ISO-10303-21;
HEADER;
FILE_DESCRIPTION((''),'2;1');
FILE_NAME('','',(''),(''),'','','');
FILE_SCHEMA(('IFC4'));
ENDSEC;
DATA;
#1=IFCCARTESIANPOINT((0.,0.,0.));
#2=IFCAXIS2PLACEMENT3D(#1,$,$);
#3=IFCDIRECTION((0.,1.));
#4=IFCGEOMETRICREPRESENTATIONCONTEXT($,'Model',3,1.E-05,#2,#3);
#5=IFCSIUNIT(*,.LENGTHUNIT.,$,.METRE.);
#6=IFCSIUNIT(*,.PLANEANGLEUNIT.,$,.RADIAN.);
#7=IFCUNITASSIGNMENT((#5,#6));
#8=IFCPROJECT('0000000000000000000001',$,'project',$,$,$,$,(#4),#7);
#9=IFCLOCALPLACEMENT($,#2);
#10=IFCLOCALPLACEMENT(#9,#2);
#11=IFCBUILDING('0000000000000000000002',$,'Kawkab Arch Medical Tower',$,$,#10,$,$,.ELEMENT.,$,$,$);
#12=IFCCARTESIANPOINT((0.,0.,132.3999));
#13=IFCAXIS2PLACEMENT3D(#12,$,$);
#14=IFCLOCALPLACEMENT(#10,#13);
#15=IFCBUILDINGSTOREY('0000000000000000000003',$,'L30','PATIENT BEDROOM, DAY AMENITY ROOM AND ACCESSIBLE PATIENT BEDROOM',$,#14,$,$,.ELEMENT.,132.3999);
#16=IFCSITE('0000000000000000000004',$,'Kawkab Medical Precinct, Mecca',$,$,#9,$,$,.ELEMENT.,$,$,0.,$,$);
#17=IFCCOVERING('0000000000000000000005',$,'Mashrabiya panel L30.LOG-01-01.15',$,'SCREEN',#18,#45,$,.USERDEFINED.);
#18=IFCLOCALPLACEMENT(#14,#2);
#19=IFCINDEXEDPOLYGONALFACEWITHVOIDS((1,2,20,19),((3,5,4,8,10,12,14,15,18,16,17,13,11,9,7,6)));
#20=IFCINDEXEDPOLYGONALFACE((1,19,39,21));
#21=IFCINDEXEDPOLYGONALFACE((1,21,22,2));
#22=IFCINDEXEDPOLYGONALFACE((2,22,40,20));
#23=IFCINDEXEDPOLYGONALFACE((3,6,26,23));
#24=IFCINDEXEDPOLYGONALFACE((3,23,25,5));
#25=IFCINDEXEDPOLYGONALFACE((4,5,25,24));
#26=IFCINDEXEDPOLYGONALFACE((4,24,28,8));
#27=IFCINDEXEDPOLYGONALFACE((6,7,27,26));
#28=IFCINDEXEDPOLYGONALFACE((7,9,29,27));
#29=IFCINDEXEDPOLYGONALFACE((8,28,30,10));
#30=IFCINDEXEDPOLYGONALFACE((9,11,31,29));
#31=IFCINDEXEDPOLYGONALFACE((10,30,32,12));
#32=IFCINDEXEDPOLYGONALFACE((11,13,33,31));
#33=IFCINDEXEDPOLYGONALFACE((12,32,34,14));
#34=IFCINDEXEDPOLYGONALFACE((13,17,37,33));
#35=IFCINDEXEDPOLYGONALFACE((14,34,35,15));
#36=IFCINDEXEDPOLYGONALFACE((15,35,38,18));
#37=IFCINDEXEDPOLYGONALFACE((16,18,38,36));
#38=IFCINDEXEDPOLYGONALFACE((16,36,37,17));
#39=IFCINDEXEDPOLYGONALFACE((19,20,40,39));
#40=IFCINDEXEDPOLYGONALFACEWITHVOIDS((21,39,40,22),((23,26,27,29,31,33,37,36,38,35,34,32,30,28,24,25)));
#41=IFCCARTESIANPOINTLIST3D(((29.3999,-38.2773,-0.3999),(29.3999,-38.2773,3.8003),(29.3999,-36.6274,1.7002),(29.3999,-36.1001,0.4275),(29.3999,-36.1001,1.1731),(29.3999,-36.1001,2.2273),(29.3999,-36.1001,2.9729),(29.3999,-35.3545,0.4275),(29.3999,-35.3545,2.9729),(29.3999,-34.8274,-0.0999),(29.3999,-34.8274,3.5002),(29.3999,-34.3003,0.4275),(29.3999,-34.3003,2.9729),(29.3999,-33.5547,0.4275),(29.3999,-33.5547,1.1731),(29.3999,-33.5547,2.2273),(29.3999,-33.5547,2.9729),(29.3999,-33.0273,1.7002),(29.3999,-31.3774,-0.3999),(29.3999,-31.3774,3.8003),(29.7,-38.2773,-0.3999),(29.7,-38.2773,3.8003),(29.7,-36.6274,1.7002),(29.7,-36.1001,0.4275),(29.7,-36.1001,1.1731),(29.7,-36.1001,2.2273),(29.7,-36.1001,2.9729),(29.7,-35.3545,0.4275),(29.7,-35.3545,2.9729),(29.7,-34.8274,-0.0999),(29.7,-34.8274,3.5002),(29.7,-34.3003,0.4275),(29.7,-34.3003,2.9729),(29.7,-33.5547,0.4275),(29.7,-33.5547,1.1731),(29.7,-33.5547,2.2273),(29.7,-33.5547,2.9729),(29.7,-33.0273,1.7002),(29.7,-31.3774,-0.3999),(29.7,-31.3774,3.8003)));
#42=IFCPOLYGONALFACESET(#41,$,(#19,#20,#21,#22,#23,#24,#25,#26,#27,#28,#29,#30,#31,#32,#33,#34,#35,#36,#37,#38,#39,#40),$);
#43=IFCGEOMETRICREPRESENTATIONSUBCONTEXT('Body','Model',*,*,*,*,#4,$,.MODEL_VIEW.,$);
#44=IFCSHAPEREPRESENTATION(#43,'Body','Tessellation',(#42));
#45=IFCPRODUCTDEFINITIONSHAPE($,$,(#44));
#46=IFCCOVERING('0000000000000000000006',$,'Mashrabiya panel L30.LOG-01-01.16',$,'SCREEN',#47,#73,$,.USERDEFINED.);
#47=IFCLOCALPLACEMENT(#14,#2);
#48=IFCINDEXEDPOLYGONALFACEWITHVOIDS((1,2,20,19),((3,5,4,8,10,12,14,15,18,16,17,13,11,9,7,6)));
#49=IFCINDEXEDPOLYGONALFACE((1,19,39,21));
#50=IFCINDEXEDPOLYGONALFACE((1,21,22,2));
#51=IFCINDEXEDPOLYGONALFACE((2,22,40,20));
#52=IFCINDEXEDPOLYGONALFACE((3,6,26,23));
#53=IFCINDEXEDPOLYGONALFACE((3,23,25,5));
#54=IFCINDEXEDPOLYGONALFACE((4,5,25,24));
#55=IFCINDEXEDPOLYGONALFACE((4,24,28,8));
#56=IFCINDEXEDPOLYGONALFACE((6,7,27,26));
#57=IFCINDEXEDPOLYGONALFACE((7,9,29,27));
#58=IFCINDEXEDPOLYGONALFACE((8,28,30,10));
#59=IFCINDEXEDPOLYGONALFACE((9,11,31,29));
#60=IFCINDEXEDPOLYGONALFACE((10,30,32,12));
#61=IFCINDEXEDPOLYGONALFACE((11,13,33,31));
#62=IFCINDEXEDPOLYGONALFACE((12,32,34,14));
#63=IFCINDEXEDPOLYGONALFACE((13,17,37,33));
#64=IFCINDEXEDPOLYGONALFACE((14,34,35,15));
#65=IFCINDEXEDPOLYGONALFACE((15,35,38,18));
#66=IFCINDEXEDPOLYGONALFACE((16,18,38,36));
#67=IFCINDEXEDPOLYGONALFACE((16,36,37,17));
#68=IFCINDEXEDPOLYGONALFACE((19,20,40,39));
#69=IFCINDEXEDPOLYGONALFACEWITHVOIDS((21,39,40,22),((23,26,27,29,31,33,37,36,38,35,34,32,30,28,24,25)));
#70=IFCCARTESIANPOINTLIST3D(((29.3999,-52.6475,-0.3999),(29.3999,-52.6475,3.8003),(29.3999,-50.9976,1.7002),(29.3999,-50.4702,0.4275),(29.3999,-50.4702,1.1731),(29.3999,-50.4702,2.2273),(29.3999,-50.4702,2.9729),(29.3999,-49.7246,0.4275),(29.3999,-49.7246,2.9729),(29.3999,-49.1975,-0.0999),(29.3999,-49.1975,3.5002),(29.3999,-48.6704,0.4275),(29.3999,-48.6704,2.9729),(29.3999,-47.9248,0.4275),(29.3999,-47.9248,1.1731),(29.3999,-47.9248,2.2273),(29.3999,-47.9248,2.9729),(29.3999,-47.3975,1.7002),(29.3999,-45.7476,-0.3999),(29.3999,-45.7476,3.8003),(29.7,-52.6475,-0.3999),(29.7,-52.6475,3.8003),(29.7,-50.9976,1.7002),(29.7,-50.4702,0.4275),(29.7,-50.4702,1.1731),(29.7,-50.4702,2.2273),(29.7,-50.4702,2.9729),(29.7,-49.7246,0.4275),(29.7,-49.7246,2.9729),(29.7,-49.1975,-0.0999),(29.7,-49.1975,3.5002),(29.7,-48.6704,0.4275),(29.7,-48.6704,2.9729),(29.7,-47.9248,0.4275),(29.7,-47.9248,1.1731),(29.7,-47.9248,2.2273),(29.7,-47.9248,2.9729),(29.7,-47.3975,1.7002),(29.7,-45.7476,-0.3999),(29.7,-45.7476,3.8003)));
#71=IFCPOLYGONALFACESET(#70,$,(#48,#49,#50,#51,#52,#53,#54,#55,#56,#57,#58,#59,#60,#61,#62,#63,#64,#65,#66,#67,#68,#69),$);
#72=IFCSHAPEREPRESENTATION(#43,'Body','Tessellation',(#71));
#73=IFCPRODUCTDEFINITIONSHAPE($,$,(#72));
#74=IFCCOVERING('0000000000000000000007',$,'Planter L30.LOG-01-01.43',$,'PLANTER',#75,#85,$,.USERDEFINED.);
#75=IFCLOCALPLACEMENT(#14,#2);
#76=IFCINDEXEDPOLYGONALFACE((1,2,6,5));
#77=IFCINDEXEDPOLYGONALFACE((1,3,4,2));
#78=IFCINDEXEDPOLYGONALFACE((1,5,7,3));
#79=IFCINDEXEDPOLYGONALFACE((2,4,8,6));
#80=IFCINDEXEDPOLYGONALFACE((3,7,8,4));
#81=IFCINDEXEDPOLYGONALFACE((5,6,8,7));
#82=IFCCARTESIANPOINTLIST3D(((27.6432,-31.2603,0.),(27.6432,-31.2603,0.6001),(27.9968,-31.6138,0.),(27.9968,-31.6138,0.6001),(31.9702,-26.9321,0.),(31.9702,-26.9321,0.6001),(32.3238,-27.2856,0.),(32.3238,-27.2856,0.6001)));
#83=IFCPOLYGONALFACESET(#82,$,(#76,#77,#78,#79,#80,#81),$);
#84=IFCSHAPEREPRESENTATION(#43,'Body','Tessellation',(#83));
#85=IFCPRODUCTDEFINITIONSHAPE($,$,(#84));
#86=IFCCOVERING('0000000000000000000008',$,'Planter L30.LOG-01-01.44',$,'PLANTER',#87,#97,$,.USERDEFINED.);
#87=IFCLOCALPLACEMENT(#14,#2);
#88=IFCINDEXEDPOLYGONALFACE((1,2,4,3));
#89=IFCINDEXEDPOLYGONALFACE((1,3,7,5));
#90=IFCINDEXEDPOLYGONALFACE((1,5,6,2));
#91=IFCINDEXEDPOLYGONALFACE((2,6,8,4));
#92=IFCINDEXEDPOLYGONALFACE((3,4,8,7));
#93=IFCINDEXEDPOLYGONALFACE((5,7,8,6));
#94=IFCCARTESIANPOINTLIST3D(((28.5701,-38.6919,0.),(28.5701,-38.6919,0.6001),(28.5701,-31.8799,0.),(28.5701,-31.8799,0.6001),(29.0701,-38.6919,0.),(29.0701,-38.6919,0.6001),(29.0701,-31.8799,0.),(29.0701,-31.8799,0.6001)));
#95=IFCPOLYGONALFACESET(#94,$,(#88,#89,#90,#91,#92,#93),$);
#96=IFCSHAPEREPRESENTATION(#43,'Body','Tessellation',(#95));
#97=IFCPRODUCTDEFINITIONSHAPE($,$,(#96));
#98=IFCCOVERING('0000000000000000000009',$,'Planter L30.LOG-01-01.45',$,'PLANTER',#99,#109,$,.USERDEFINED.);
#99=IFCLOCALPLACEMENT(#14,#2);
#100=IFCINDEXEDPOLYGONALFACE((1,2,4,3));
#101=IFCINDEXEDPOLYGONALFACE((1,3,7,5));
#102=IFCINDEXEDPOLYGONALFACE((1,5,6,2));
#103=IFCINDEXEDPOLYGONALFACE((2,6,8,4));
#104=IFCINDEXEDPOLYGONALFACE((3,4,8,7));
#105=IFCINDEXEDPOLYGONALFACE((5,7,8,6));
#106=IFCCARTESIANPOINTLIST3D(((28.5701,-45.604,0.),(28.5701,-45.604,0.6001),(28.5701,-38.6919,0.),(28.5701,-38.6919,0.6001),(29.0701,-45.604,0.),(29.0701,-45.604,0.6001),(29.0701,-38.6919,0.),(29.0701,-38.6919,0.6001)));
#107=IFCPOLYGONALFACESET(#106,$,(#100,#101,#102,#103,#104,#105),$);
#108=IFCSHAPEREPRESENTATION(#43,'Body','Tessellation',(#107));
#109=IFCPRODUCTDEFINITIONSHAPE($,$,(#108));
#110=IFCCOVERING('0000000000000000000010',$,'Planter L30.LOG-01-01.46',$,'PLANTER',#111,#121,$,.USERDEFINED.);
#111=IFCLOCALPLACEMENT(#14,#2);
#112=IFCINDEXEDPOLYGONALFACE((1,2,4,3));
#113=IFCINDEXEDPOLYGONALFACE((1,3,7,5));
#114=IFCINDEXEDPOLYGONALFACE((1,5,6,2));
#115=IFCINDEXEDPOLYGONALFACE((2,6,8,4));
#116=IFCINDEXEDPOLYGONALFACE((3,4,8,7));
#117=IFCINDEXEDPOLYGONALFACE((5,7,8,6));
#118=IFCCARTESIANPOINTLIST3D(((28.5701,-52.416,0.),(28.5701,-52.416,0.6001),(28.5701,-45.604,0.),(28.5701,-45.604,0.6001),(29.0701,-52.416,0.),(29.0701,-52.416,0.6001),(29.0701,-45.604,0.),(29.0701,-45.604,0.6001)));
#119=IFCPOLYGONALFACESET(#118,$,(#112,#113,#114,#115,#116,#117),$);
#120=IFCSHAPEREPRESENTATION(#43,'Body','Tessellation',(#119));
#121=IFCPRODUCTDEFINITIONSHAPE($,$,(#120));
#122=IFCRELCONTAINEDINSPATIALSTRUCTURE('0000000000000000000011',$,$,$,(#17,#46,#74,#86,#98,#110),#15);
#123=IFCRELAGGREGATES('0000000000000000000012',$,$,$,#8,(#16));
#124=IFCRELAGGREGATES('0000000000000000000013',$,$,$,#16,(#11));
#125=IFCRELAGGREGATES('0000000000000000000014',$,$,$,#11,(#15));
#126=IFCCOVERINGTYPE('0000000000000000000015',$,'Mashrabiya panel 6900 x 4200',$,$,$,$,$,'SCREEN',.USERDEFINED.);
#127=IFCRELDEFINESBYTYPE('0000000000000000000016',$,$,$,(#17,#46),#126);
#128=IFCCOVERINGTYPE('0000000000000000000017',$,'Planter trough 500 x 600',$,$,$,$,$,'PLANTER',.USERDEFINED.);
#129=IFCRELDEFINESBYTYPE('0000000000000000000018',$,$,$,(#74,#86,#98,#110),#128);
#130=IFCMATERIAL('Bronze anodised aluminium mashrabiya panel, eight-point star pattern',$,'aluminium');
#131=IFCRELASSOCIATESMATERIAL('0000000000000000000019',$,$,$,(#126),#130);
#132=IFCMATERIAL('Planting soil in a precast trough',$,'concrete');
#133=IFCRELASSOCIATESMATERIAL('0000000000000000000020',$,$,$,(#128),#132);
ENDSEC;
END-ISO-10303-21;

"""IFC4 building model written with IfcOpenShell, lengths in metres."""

from ifc_helpers import new_model, si_unit, direction, frame, origin, origin_2d, place, context, subcontext, project, spatial, polyline, rectangle, outline, extrude, material, material_profile, profile_set, type_object, element, save


model = new_model("IFC4")

# Units and contexts
model_context = context("Model", 3, precision=1e-05, world=origin(), true_north=direction((0.0, 1.0)))
body_context = subcontext(model_context, "Body", "Model", "MODEL_VIEW")
ifc_project = project(units=[si_unit("LENGTHUNIT", "METRE"), si_unit("PLANEANGLEUNIT", "RADIAN")], contexts=[model_context])

# Site, building, storey
site_placement = place(None, origin())
site = spatial("IfcSite", under=ifc_project, at=site_placement, Name="Kawkab Medical Precinct, Mecca", CompositionType="ELEMENT", RefElevation=0.0)
building_placement = place(site_placement, origin())
building = spatial("IfcBuilding", under=site, at=building_placement, Name="Kawkab Arch Medical Tower", CompositionType="ELEMENT")
storey_placement = place(building_placement, frame((0.0, 0.0, 132.3999)))
storey = spatial("IfcBuildingStorey", under=building, at=storey_placement, Name="L30", Description="PATIENT BEDROOM, DAY AMENITY ROOM AND ACCESSIBLE PATIENT BEDROOM", CompositionType="ELEMENT", Elevation=132.3999)

# Coverings
ifc_material_1 = material(Name="Bronze anodised aluminium mashrabiya panel, eight-point star pattern", Category="aluminium")
ifc_material_profile_1 = material_profile(ifc_material_1, outline(polyline([(-3.45, -2.1001), (3.45, -2.1001), (3.45, 2.1001), (-3.45, 2.1001), (-3.45, -2.1001)]), holes=[polyline([(1.8, 0.0), (1.2727, 0.5271), (1.2727, 1.2727), (0.5271, 1.2727), (0.0, 1.8), (-0.5271, 1.2727), (-1.2727, 1.2727), (-1.2727, 0.5271), (-1.8, 0.0), (-1.2727, -0.5271), (-1.2727, -1.2727), (-0.5271, -1.2727), (0.0, -1.8), (0.5271, -1.2727), (1.2727, -1.2727), (1.2727, -0.5271), (1.8, 0.0)])]), Name="Mashrabiya panel 6900x4200")
ifc_profile_set_1 = profile_set([ifc_material_profile_1], Name="Bronze anodised aluminium mashrabiya panel, eight-point star pattern")
covering_type_1 = type_object("IfcCoveringType", Name="Mashrabiya panel 6900 x 4200", ElementType="SCREEN", PredefinedType="USERDEFINED", material=ifc_profile_set_1)
for number, where, z_axis, x_axis, name in (
    (1, (29.3999, -34.8274, 1.7002), (1.0, 0.0, 0.0), (0.0, 1.0, 0.0), "Mashrabiya panel L30.LOG-01-01.15"),
    (2, (29.3999, -49.1975, 1.7002), (1.0, 0.0, 0.0), (0.0, 1.0, 0.0), "Mashrabiya panel L30.LOG-01-01.16"),
):
    element("IfcCovering", number, at=place(storey_placement, frame(where, z_axis=z_axis, x_axis=x_axis)), inside=storey, type_object=covering_type_1, Name=name, ObjectType="SCREEN", PredefinedType="USERDEFINED", context=body_context, shape_type="SweptSolid", body=[
        extrude(outline(polyline([(-3.45, -2.1001), (3.45, -2.1001), (3.45, 2.1001), (-3.45, 2.1001), (-3.45, -2.1001)]), holes=[polyline([(1.8, 0.0), (1.2727, 0.5271), (1.2727, 1.2727), (0.5271, 1.2727), (0.0, 1.8), (-0.5271, 1.2727), (-1.2727, 1.2727), (-1.2727, 0.5271), (-1.8, 0.0), (-1.2727, -0.5271), (-1.2727, -1.2727), (-0.5271, -1.2727), (0.0, -1.8), (0.5271, -1.2727), (1.2727, -1.2727), (1.2727, -0.5271), (1.8, 0.0)])]), origin(), (0.0, 0.0, 1.0), 0.3),
    ])
ifc_material_2 = material(Name="Planting soil in a precast trough", Category="concrete")
ifc_material_profile_2 = material_profile(ifc_material_2, rectangle(XDim=0.5, YDim=0.6001, at=origin_2d()), Name="Trough 500x600")
ifc_profile_set_2 = profile_set([ifc_material_profile_2], Name="Planting soil in a precast trough")
covering_type_2 = type_object("IfcCoveringType", Name="Planter trough 500 x 600", ElementType="PLANTER", PredefinedType="USERDEFINED", material=ifc_profile_set_2)
covering_1_placement = place(storey_placement, frame((32.147, -27.1089, 0.3), z_axis=(-0.707007, -0.707207, 0.0), x_axis=(0.707207, -0.707007, 0.0)))
element("IfcCovering", 3, at=covering_1_placement, inside=storey, type_object=covering_type_2, Name="Planter L30.LOG-01-01.43", ObjectType="PLANTER", PredefinedType="USERDEFINED", context=body_context, shape_type="SweptSolid", body=[
    extrude(rectangle(XDim=0.5, YDim=0.6001, at=origin_2d()), origin(), (0.0, 0.0, 1.0), 6.1201),
])
covering_2_placement = place(storey_placement, frame((28.8201, -31.8799, 0.3), z_axis=(0.0, -1.0, 0.0), x_axis=(1.0, 0.0, 0.0)))
element("IfcCovering", 4, at=covering_2_placement, inside=storey, type_object=covering_type_2, Name="Planter L30.LOG-01-01.44", ObjectType="PLANTER", PredefinedType="USERDEFINED", context=body_context, shape_type="SweptSolid", body=[
    extrude(rectangle(XDim=0.5, YDim=0.6001, at=origin_2d()), origin(), (0.0, 0.0, 1.0), 6.812),
])
covering_3_placement = place(storey_placement, frame((28.8201, -38.6919, 0.3), z_axis=(0.0, -1.0, 0.0), x_axis=(1.0, 0.0, 0.0)))
element("IfcCovering", 5, at=covering_3_placement, inside=storey, type_object=covering_type_2, Name="Planter L30.LOG-01-01.45", ObjectType="PLANTER", PredefinedType="USERDEFINED", context=body_context, shape_type="SweptSolid", body=[
    extrude(rectangle(XDim=0.5, YDim=0.6001, at=origin_2d()), origin(), (0.0, 0.0, 1.0), 6.9121),
])
covering_4_placement = place(storey_placement, frame((28.8201, -45.604, 0.3), z_axis=(0.0, -1.0, 0.0), x_axis=(1.0, 0.0, 0.0)))
element("IfcCovering", 6, at=covering_4_placement, inside=storey, type_object=covering_type_2, Name="Planter L30.LOG-01-01.46", ObjectType="PLANTER", PredefinedType="USERDEFINED", context=body_context, shape_type="SweptSolid", body=[
    extrude(rectangle(XDim=0.5, YDim=0.6001, at=origin_2d()), origin(), (0.0, 0.0, 1.0), 6.812),
])

save(model, "model.ifc")
